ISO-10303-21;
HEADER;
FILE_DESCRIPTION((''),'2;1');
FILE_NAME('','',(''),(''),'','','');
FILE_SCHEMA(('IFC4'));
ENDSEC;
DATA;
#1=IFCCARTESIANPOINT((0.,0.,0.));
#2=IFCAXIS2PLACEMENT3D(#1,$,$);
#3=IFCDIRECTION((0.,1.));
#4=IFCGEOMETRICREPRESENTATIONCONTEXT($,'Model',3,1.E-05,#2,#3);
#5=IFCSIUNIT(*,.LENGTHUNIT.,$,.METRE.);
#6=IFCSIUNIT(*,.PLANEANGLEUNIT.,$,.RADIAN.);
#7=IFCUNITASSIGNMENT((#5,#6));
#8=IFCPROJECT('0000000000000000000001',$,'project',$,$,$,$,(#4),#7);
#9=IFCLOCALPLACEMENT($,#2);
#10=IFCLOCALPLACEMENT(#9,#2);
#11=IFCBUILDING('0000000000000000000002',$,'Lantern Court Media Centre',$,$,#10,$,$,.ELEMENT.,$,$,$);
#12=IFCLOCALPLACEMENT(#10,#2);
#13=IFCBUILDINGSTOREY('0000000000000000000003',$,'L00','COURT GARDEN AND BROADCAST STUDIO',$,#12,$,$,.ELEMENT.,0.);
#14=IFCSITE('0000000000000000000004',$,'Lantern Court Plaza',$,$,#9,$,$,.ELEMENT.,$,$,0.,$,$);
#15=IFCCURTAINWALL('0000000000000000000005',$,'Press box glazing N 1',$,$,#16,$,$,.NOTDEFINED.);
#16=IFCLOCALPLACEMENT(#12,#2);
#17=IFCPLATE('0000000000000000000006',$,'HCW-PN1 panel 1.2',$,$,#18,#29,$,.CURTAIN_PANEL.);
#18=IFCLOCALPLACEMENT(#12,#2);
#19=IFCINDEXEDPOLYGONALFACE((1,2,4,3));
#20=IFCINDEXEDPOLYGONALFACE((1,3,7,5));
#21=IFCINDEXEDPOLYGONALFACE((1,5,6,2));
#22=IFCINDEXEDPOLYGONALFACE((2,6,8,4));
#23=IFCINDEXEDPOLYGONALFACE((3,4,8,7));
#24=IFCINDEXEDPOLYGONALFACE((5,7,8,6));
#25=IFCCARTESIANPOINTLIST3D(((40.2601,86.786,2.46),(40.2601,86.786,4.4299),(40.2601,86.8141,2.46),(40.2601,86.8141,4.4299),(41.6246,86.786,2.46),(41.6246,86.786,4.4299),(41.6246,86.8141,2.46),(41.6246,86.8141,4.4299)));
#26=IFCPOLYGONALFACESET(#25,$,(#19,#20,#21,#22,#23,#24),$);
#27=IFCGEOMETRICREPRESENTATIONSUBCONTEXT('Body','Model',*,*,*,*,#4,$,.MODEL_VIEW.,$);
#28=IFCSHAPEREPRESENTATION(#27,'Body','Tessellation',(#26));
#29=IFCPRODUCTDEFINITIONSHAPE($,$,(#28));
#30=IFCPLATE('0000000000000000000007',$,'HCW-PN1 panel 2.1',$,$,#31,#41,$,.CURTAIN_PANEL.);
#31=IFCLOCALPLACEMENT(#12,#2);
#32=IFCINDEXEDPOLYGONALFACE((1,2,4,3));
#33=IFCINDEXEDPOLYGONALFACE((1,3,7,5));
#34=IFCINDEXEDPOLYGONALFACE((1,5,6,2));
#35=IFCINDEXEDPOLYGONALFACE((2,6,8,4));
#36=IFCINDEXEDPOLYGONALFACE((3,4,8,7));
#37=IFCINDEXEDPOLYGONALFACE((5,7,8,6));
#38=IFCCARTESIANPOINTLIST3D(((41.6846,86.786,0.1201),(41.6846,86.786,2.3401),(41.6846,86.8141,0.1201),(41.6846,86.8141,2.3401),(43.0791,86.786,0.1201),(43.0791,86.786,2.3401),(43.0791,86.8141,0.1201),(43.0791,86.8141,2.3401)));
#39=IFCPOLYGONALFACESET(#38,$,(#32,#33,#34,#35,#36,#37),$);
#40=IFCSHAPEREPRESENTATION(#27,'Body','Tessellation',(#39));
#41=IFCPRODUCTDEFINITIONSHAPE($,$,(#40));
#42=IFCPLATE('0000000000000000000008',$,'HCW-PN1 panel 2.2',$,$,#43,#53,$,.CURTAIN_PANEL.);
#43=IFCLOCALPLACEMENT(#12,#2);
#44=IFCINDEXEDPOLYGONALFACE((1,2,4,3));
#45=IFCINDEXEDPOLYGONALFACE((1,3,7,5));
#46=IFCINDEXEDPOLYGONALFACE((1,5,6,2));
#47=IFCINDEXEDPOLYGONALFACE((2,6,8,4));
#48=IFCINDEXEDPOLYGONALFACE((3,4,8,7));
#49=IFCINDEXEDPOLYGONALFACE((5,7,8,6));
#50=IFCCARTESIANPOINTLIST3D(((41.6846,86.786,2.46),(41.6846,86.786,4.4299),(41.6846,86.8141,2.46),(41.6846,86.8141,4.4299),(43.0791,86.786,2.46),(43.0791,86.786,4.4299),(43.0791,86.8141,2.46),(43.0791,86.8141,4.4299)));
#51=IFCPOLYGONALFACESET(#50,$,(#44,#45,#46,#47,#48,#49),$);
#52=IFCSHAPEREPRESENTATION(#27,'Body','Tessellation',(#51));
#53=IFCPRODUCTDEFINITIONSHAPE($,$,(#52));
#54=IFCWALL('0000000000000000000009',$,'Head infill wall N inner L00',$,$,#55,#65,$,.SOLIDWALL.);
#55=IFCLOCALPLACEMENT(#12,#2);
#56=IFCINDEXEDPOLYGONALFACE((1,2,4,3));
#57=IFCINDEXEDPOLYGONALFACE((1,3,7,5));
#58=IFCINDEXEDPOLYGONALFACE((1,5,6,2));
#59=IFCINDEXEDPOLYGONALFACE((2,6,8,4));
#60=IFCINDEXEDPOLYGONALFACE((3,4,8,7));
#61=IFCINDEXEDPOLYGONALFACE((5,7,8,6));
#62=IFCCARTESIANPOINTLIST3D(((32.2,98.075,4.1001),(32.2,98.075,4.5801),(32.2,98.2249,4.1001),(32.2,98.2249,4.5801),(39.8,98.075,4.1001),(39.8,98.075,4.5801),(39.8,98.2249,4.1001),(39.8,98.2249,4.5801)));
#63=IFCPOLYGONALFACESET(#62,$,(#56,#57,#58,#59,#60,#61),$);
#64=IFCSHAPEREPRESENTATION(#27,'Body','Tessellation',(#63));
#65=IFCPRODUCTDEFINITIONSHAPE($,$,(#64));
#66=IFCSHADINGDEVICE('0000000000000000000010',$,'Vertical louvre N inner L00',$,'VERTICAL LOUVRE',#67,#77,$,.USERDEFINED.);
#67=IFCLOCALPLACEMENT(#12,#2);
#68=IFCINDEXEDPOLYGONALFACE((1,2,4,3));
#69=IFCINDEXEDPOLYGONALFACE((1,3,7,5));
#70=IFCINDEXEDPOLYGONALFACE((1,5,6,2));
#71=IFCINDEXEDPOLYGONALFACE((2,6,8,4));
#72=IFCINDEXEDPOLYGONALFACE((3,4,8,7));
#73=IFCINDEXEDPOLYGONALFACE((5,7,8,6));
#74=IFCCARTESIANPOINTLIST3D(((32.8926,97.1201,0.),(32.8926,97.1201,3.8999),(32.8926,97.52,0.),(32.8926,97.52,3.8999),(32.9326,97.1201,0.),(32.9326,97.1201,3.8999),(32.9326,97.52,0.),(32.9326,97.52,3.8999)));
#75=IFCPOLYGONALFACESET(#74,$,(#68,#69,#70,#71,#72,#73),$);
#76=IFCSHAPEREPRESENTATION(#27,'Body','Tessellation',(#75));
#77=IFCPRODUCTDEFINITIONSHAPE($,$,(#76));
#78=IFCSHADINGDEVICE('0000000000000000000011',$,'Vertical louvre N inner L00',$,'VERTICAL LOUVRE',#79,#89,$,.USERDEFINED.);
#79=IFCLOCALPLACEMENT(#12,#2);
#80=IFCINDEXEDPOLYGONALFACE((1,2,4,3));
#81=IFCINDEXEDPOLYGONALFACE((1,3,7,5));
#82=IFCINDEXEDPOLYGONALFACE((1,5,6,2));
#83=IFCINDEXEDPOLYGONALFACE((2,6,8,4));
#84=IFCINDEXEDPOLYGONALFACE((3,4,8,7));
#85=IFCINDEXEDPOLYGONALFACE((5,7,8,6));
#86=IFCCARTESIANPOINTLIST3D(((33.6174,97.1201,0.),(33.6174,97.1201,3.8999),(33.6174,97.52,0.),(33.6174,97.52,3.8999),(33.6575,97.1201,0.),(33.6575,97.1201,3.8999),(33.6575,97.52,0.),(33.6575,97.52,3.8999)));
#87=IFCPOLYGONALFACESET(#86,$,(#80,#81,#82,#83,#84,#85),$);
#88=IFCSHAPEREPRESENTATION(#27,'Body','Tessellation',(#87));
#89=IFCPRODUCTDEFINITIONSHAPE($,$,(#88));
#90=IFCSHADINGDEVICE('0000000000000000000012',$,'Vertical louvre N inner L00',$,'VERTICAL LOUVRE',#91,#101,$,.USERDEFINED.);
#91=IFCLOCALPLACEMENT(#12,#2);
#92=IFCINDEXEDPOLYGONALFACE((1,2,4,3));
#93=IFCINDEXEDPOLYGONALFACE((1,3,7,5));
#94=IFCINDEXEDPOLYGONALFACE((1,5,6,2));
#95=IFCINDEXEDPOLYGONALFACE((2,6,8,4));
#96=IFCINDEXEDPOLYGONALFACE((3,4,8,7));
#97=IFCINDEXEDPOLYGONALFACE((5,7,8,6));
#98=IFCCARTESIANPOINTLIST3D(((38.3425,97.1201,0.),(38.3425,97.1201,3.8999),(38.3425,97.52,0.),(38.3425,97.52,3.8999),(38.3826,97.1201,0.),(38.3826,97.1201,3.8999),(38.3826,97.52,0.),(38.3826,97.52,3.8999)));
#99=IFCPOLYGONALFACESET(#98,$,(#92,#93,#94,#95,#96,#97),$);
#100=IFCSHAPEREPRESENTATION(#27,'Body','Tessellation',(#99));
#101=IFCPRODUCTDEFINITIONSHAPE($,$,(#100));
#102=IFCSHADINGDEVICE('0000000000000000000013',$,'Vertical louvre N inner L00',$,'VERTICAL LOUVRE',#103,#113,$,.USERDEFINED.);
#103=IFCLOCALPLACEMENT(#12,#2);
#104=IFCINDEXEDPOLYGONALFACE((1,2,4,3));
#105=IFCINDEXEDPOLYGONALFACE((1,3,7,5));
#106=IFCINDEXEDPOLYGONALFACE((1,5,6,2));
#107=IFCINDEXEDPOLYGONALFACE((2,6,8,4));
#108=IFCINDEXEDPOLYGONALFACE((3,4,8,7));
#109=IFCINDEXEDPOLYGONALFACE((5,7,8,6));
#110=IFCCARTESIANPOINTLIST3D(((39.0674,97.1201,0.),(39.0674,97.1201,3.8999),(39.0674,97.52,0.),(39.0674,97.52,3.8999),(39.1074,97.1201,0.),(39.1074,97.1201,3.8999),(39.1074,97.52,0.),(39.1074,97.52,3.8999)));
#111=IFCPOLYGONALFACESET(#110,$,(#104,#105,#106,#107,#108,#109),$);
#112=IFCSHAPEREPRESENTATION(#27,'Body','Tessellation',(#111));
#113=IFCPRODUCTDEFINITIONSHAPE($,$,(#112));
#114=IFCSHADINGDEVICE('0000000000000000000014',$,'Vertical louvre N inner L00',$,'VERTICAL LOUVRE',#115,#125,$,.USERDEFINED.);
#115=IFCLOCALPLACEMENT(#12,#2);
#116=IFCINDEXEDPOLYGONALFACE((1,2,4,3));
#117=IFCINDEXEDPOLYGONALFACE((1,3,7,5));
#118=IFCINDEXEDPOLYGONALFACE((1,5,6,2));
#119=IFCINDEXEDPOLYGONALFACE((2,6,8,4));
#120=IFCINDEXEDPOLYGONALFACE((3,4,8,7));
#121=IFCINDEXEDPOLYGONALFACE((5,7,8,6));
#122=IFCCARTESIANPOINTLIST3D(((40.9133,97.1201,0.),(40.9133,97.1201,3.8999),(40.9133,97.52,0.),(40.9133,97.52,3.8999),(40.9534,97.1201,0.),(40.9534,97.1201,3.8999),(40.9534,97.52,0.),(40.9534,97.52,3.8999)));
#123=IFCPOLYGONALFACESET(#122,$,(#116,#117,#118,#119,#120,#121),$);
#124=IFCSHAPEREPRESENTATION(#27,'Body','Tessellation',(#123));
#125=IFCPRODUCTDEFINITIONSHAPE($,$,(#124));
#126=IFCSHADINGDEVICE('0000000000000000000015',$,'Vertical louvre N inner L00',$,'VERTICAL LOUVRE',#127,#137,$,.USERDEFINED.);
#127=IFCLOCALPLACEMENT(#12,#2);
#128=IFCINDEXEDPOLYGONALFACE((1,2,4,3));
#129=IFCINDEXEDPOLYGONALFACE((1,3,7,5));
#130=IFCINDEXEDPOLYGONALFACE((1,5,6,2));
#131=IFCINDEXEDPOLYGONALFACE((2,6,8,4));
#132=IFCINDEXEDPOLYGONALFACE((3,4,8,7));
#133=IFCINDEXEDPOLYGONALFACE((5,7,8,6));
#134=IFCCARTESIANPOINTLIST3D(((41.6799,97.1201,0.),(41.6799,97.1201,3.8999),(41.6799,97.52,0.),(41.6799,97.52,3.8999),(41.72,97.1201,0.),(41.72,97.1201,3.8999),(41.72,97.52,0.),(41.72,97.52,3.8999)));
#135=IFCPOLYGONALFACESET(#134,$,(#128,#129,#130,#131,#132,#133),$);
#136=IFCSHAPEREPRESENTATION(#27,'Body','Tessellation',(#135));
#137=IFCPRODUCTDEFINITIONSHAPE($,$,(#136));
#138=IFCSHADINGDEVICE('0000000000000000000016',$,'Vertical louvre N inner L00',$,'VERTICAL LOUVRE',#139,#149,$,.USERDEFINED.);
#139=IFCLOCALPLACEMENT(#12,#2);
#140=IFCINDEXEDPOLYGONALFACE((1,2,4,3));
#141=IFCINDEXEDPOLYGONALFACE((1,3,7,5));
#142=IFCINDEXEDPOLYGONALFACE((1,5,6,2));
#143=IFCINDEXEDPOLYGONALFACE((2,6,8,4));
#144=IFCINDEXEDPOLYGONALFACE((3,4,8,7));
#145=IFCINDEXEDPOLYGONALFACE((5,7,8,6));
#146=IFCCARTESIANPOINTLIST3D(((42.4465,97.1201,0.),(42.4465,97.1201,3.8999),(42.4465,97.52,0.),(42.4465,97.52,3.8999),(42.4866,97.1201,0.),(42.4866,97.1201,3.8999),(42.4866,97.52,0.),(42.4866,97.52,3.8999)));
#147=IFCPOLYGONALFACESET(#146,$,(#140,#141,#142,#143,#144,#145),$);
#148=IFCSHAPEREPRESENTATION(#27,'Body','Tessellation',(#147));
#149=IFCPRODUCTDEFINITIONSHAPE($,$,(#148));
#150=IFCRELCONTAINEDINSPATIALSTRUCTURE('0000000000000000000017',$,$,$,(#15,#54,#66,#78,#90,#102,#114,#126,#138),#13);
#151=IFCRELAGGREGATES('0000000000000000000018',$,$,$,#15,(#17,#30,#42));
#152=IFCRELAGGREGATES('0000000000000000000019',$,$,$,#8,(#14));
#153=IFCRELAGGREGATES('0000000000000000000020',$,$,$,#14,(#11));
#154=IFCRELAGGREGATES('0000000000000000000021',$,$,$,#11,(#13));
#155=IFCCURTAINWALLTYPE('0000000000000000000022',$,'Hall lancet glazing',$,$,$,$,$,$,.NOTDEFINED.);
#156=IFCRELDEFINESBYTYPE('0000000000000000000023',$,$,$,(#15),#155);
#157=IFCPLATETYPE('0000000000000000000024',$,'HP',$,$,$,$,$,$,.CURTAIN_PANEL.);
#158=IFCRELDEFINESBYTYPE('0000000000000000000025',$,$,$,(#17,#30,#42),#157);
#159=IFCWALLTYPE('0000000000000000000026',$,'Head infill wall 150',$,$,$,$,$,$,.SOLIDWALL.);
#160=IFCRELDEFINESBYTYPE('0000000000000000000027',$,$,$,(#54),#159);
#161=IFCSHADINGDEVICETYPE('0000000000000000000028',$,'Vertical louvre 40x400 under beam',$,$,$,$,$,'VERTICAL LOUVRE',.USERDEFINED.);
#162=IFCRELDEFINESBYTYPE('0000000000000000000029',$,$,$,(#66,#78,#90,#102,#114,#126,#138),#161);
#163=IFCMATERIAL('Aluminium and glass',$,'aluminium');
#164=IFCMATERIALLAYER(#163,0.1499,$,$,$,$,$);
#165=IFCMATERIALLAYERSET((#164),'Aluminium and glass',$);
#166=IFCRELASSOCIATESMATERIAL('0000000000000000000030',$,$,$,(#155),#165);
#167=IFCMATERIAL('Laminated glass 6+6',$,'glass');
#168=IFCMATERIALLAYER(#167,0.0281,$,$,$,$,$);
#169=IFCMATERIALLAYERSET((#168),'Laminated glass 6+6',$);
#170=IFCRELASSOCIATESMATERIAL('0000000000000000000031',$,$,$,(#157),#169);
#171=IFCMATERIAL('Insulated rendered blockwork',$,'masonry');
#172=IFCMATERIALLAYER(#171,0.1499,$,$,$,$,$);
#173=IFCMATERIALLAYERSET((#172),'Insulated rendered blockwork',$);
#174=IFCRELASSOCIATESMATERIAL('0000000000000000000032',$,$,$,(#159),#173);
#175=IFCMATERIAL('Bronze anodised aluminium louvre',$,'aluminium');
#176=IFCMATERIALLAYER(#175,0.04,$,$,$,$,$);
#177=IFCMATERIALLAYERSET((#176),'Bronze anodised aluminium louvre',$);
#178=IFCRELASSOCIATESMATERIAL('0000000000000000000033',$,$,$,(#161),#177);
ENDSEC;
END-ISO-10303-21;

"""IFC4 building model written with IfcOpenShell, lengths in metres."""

from ifc_helpers import new_model, si_unit, direction, frame, frame_2d, origin, origin_2d, place, context, subcontext, project, spatial, rectangle, extrude, material, layer, layer_set, type_object, element, aggregate, save


model = new_model("IFC4")

# Units and contexts
model_context = context("Model", 3, precision=1e-05, world=origin(), true_north=direction((0.0, 1.0)))
body_context = subcontext(model_context, "Body", "Model", "MODEL_VIEW")
ifc_project = project(units=[si_unit("LENGTHUNIT", "METRE"), si_unit("PLANEANGLEUNIT", "RADIAN")], contexts=[model_context])

# Site, building, storey
site_placement = place(None, origin())
site = spatial("IfcSite", under=ifc_project, at=site_placement, Name="Lantern Court Plaza", CompositionType="ELEMENT", RefElevation=0.0)
building_placement = place(site_placement, origin())
building = spatial("IfcBuilding", under=site, at=building_placement, Name="Lantern Court Media Centre", CompositionType="ELEMENT")
storey_placement = place(building_placement, origin())
storey = spatial("IfcBuildingStorey", under=building, at=storey_placement, Name="L00", Description="COURT GARDEN AND BROADCAST STUDIO", CompositionType="ELEMENT", Elevation=0.0)

# Curtain wall
ifc_material_1 = material(Name="Aluminium and glass", Category="aluminium")
ifc_layer_1 = layer(ifc_material_1, 0.1499)
ifc_layer_set_1 = layer_set([ifc_layer_1], Name="Aluminium and glass")
curtain_wall_type_1 = type_object("IfcCurtainWallType", Name="Hall lancet glazing", PredefinedType="NOTDEFINED", material=ifc_layer_set_1)
curtain_wall_1_placement = place(storey_placement, origin())
curtain_wall_1 = element("IfcCurtainWall", 1, at=curtain_wall_1_placement, inside=storey, type_object=curtain_wall_type_1, Name="Press box glazing N 1", PredefinedType="NOTDEFINED")

# Plates
ifc_material_2 = material(Name="Laminated glass 6+6", Category="glass")
ifc_layer_2 = layer(ifc_material_2, 0.0281)
ifc_layer_set_2 = layer_set([ifc_layer_2], Name="Laminated glass 6+6")
plate_type = type_object("IfcPlateType", Name="HP", PredefinedType="CURTAIN_PANEL", material=ifc_layer_set_2)
plate_1_placement = place(storey_placement, frame((40.9424, 86.8, 2.46), z_axis=(0.0, 0.0, 1.0), x_axis=(1.0, 0.0, 0.0)))
plate_1 = element("IfcPlate", 2, at=plate_1_placement, type_object=plate_type, Name="HCW-PN1 panel 1.2", PredefinedType="CURTAIN_PANEL", context=body_context, shape_type="SweptSolid", body=[
    extrude(rectangle(XDim=1.3645, YDim=0.0281, at=origin_2d()), origin(), (0.0, 0.0, 1.0), 1.97),
])
plate_2_placement = place(storey_placement, frame((42.3818, 86.8, 0.1201), z_axis=(0.0, 0.0, 1.0), x_axis=(1.0, 0.0, 0.0)))
plate_2 = element("IfcPlate", 3, at=plate_2_placement, type_object=plate_type, Name="HCW-PN1 panel 2.1", PredefinedType="CURTAIN_PANEL", context=body_context, shape_type="SweptSolid", body=[
    extrude(rectangle(XDim=1.3945, YDim=0.0281, at=origin_2d()), origin(), (0.0, 0.0, 1.0), 2.22),
])
plate_3_placement = place(storey_placement, frame((42.3818, 86.8, 2.46), z_axis=(0.0, 0.0, 1.0), x_axis=(1.0, 0.0, 0.0)))
plate_3 = element("IfcPlate", 4, at=plate_3_placement, type_object=plate_type, Name="HCW-PN1 panel 2.2", PredefinedType="CURTAIN_PANEL", context=body_context, shape_type="SweptSolid", body=[
    extrude(rectangle(XDim=1.3945, YDim=0.0281, at=origin_2d()), origin(), (0.0, 0.0, 1.0), 1.97),
])
aggregate(curtain_wall_1, [plate_1, plate_2, plate_3])

# Wall
ifc_material_3 = material(Name="Insulated rendered blockwork", Category="masonry")
ifc_layer_3 = layer(ifc_material_3, 0.1499)
ifc_layer_set_3 = layer_set([ifc_layer_3], Name="Insulated rendered blockwork")
wall_type = type_object("IfcWallType", Name="Head infill wall 150", PredefinedType="SOLIDWALL", material=ifc_layer_set_3)
wall_placement = place(storey_placement, frame((32.2, 98.1499, 4.1001), z_axis=(0.0, 0.0, 1.0), x_axis=(1.0, 0.0, 0.0)))
element("IfcWall", 5, at=wall_placement, inside=storey, type_object=wall_type, Name="Head infill wall N inner L00", PredefinedType="SOLIDWALL", context=body_context, shape_type="SweptSolid", body=[
    extrude(rectangle(XDim=7.6001, YDim=0.1499, at=frame_2d((3.8, 0.0))), origin(), (0.0, 0.0, 1.0), 0.48),
])

# Shading devices
ifc_material_4 = material(Name="Bronze anodised aluminium louvre", Category="aluminium")
ifc_layer_4 = layer(ifc_material_4, 0.04)
ifc_layer_set_4 = layer_set([ifc_layer_4], Name="Bronze anodised aluminium louvre")
shading_device_type = type_object("IfcShadingDeviceType", Name="Vertical louvre 40x400 under beam", ElementType="VERTICAL LOUVRE", PredefinedType="USERDEFINED", material=ifc_layer_set_4)
for number, where, z_axis, x_axis, name in (
    (6, (32.9126, 97.3201, 0.0), (0.0, 0.0, 1.0), (1.0, 0.0, 0.0), "Vertical louvre N inner L00"),
    (7, (33.6375, 97.3201, 0.0), (0.0, 0.0, 1.0), (1.0, 0.0, 0.0), "Vertical louvre N inner L00"),
    (8, (38.3625, 97.3201, 0.0), (0.0, 0.0, 1.0), (1.0, 0.0, 0.0), "Vertical louvre N inner L00"),
    (9, (39.0874, 97.3201, 0.0), (0.0, 0.0, 1.0), (1.0, 0.0, 0.0), "Vertical louvre N inner L00"),
    (10, (40.9333, 97.3201, 0.0), (0.0, 0.0, 1.0), (1.0, 0.0, 0.0), "Vertical louvre N inner L00"),
    (11, (41.7, 97.3201, 0.0), (0.0, 0.0, 1.0), (1.0, 0.0, 0.0), "Vertical louvre N inner L00"),
    (12, (42.4666, 97.3201, 0.0), (0.0, 0.0, 1.0), (1.0, 0.0, 0.0), "Vertical louvre N inner L00"),
):
    element("IfcShadingDevice", number, at=place(storey_placement, frame(where, z_axis=z_axis, x_axis=x_axis)), inside=storey, type_object=shading_device_type, Name=name, ObjectType="VERTICAL LOUVRE", PredefinedType="USERDEFINED", context=body_context, shape_type="SweptSolid", body=[
        extrude(rectangle(XDim=0.04, YDim=0.3999, at=origin_2d()), origin(), (0.0, 0.0, 1.0), 3.8999),
    ])

save(model, "model.ifc")
